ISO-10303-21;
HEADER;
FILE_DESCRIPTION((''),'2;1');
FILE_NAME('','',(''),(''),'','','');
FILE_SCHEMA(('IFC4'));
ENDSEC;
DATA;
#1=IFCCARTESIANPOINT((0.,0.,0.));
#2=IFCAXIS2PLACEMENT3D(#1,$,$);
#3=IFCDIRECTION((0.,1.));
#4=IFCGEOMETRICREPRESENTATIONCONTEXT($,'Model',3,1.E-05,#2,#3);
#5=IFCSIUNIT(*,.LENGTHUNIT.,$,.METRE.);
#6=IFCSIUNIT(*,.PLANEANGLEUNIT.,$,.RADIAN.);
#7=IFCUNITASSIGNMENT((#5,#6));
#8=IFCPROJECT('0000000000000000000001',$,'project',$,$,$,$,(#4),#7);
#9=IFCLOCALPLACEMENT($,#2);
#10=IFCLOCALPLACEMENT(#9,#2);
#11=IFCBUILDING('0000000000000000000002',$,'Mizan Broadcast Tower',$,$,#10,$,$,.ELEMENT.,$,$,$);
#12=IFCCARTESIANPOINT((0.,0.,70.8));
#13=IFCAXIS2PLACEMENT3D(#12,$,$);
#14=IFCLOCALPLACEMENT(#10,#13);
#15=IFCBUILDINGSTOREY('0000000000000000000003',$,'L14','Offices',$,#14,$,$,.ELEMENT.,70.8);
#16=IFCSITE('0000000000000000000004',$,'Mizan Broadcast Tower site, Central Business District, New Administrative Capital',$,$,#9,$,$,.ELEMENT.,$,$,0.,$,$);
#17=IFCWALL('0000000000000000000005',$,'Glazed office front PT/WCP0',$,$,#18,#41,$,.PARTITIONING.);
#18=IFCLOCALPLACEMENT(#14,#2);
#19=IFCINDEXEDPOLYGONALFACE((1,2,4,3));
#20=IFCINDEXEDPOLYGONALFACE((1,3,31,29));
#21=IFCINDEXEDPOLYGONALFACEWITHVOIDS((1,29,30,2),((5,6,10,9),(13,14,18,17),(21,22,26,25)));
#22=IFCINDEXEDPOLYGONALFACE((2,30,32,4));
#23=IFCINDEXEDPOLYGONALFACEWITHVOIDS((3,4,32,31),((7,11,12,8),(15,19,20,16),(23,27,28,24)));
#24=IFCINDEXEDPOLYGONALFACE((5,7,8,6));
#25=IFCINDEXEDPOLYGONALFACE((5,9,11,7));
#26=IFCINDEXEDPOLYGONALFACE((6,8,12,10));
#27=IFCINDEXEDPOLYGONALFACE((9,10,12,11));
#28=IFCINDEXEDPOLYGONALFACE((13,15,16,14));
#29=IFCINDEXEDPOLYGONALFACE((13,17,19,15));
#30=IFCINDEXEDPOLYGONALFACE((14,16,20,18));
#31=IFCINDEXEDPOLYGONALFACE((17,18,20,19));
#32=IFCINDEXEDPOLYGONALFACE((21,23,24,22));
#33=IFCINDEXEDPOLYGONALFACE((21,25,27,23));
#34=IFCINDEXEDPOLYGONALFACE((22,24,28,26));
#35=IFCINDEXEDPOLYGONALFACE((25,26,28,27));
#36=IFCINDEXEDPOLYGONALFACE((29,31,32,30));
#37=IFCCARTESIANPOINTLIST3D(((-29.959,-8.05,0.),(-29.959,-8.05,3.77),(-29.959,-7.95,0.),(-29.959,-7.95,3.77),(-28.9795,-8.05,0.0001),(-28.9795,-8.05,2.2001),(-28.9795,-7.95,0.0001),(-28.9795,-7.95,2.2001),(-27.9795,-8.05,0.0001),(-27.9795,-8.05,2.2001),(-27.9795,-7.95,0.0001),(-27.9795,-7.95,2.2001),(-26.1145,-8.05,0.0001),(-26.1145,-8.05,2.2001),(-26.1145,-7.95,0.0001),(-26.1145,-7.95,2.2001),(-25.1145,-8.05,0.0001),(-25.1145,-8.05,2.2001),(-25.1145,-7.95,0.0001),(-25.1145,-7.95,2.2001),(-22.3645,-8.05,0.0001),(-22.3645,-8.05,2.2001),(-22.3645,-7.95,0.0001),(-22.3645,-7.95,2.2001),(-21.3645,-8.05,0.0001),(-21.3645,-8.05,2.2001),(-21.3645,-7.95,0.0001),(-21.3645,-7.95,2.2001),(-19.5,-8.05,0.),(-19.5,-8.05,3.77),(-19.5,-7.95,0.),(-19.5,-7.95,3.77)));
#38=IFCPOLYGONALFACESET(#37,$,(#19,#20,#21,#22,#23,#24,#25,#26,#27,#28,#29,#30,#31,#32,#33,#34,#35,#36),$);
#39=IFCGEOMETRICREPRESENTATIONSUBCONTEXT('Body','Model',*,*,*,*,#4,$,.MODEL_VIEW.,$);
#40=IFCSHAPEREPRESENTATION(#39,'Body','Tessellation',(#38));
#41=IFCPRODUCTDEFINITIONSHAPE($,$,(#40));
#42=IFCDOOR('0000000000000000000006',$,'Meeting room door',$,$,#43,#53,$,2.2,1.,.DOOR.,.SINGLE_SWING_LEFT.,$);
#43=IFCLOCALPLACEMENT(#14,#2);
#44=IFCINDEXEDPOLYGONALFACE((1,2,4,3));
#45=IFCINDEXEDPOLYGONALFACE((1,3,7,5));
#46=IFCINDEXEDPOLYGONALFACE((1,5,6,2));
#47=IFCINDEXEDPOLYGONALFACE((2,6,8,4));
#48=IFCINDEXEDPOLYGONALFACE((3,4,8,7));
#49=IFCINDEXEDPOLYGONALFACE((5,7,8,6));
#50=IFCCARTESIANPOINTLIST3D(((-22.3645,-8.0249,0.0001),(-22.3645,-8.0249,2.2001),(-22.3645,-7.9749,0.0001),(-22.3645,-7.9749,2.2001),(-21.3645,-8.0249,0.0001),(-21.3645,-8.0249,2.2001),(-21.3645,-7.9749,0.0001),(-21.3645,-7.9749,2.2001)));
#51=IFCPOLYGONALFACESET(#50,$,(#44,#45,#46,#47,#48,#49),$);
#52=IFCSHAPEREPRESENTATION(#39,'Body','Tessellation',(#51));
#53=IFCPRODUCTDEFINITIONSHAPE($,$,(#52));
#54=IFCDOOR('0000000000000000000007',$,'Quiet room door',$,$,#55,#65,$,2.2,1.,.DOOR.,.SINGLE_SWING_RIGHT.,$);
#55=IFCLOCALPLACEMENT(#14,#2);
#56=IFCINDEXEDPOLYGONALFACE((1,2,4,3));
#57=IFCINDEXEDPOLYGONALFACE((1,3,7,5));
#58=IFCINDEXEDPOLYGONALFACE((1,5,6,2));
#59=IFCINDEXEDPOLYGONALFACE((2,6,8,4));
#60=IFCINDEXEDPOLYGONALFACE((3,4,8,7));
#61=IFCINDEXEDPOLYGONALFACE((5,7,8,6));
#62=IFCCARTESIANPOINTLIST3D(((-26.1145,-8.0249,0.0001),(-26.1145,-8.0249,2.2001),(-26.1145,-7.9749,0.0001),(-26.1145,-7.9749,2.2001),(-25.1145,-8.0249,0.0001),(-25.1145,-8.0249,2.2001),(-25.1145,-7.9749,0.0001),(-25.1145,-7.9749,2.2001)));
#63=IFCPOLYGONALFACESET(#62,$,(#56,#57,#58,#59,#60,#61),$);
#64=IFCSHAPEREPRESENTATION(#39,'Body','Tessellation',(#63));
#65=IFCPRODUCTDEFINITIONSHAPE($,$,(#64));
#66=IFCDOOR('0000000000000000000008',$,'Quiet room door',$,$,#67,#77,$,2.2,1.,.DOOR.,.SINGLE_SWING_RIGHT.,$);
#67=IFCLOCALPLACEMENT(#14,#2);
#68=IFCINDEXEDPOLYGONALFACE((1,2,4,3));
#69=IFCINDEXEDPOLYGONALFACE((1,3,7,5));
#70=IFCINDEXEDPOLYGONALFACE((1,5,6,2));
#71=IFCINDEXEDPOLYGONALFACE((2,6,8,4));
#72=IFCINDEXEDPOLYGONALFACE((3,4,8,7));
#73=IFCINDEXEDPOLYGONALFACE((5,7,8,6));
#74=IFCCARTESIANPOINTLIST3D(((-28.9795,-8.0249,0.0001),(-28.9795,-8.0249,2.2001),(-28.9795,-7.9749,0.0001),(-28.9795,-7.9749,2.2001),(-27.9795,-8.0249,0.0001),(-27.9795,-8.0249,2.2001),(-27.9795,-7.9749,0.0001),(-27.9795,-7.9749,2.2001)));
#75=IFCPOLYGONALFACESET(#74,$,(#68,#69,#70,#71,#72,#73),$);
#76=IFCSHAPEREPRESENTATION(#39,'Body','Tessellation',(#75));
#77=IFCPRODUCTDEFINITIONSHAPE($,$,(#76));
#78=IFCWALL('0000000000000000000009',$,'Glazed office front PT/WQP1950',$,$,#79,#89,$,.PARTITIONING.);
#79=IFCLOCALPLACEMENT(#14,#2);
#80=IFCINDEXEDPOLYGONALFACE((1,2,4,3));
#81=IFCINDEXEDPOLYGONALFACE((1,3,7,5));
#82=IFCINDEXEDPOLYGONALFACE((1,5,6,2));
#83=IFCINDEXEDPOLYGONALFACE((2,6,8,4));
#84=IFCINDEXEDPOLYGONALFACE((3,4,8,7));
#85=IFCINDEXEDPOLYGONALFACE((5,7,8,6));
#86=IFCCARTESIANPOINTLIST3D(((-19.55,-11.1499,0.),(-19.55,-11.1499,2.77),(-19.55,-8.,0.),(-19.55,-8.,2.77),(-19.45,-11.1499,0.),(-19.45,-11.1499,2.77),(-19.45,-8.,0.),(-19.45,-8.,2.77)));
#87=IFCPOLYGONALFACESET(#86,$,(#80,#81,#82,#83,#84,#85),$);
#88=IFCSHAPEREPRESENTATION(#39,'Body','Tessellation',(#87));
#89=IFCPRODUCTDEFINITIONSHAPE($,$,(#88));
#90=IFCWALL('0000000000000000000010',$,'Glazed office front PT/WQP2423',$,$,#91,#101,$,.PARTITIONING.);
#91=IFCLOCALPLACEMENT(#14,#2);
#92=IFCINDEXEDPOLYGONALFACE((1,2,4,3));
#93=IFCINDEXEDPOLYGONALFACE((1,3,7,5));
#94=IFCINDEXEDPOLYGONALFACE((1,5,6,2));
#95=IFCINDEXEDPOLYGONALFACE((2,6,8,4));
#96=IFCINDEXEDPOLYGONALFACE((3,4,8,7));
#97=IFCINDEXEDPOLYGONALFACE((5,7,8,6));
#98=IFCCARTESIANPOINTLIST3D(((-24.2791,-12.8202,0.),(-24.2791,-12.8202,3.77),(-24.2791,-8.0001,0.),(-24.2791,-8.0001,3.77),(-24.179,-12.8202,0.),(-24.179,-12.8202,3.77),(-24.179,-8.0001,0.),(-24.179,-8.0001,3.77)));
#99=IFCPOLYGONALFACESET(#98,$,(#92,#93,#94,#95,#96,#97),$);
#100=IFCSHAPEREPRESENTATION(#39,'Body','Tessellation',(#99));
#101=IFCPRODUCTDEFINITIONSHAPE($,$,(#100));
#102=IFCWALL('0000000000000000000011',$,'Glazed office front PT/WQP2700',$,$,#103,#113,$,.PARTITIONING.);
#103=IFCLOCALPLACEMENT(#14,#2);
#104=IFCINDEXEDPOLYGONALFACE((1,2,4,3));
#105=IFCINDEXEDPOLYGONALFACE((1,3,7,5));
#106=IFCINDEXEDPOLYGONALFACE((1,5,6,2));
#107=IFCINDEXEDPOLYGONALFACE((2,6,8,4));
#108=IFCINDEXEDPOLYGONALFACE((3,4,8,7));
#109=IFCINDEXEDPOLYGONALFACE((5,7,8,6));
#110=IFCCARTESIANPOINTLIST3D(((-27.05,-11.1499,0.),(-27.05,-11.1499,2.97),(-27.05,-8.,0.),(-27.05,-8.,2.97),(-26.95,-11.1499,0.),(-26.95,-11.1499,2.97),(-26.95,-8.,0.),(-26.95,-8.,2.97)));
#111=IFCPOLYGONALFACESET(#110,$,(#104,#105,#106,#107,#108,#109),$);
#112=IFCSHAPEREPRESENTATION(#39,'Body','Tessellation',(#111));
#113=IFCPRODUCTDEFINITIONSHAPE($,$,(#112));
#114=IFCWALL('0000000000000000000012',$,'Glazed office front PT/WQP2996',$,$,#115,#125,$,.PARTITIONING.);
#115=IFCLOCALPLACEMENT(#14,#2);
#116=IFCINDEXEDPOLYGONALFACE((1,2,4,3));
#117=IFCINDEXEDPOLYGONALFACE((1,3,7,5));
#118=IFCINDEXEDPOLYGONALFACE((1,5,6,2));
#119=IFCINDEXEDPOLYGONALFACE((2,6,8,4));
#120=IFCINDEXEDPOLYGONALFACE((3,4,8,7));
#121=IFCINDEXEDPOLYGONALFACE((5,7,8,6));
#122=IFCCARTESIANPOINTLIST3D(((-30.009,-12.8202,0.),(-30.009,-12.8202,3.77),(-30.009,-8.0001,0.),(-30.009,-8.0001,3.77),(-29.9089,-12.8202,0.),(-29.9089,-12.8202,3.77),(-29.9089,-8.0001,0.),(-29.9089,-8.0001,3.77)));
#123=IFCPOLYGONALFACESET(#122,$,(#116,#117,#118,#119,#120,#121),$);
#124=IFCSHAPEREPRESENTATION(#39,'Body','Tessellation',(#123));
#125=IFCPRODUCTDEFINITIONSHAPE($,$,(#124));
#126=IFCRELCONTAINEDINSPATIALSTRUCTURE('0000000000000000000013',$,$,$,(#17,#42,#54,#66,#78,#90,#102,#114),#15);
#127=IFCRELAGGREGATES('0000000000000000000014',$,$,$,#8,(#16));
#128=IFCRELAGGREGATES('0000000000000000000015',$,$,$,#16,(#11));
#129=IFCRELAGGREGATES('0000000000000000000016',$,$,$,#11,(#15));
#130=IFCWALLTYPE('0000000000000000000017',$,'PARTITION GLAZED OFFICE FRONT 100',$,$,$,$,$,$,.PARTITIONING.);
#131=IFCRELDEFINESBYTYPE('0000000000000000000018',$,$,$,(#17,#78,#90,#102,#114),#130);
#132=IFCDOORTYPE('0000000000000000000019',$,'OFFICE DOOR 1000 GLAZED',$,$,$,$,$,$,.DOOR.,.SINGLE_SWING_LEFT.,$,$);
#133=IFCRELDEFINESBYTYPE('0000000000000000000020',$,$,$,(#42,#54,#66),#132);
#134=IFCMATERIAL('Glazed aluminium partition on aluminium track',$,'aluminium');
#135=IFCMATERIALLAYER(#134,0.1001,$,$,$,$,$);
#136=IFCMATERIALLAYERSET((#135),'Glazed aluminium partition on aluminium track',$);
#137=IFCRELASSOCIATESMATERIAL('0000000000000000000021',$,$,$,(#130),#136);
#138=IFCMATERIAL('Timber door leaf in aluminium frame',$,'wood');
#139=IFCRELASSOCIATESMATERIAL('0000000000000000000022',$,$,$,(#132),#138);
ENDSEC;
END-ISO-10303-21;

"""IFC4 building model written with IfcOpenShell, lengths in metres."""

from ifc_helpers import new_model, si_unit, direction, frame, frame_2d, origin, place, context, subcontext, project, spatial, rectangle, extrude, material, layer, layer_set, type_object, element, fill, save


model = new_model("IFC4")

# Units and contexts
model_context = context("Model", 3, precision=1e-05, world=origin(), true_north=direction((0.0, 1.0)))
body_context = subcontext(model_context, "Body", "Model", "MODEL_VIEW")
ifc_project = project(units=[si_unit("LENGTHUNIT", "METRE"), si_unit("PLANEANGLEUNIT", "RADIAN")], contexts=[model_context])

# Site, building, storey
site_placement = place(None, origin())
site = spatial("IfcSite", under=ifc_project, at=site_placement, Name="Mizan Broadcast Tower site, Central Business District, New Administrative Capital", CompositionType="ELEMENT", RefElevation=0.0)
building_placement = place(site_placement, origin())
building = spatial("IfcBuilding", under=site, at=building_placement, Name="Mizan Broadcast Tower", CompositionType="ELEMENT")
storey_placement = place(building_placement, frame((0.0, 0.0, 70.8)))
storey = spatial("IfcBuildingStorey", under=building, at=storey_placement, Name="L14", Description="Offices", CompositionType="ELEMENT", Elevation=70.8)

# Wall, openings, doors
ifc_material_1 = material(Name="Glazed aluminium partition on aluminium track", Category="aluminium")
ifc_layer_1 = layer(ifc_material_1, 0.1001)
ifc_layer_set_1 = layer_set([ifc_layer_1], Name="Glazed aluminium partition on aluminium track")
wall_type = type_object("IfcWallType", Name="PARTITION GLAZED OFFICE FRONT 100", PredefinedType="PARTITIONING", material=ifc_layer_set_1)
wall_1_placement = place(storey_placement, frame((-19.5, -8.0, 0.0), z_axis=(0.0, 0.0, 1.0), x_axis=(-1.0, 0.0, 0.0)))
wall_1 = element("IfcWall", 1, at=wall_1_placement, inside=storey, type_object=wall_type, Name="Glazed office front PT/WCP0", PredefinedType="PARTITIONING", context=body_context, shape_type="SweptSolid", body=[
    extrude(rectangle(XDim=10.459, YDim=0.1001, at=frame_2d((5.2295, 0.0))), origin(), (0.0, 0.0, 1.0), 3.77),
])
opening_1_placement = place(wall_1_placement, frame((1.8645, 0.0, 0.0)))
opening_1 = element("IfcOpeningElement", 2, at=opening_1_placement, cuts=wall_1, PredefinedType="OPENING", context=body_context, shape_type="SweptSolid", body=[
    extrude(rectangle(XDim=1.0, YDim=2.2, at=frame_2d((0.5, 1.1001))), frame((0.0, 0.0601, 0.0), z_axis=(0.0, -1.0, 0.0), x_axis=(1.0, 0.0, 0.0)), (0.0, 0.0, 1.0), 0.1201),
])
opening_2_placement = place(wall_1_placement, frame((5.6145, 0.0, 0.0)))
opening_2 = element("IfcOpeningElement", 3, at=opening_2_placement, cuts=wall_1, PredefinedType="OPENING", context=body_context, shape_type="SweptSolid", body=[
    extrude(rectangle(XDim=1.0, YDim=2.2, at=frame_2d((0.5, 1.1001))), frame((0.0, 0.0601, 0.0), z_axis=(0.0, -1.0, 0.0), x_axis=(1.0, 0.0, 0.0)), (0.0, 0.0, 1.0), 0.1201),
])
opening_3_placement = place(wall_1_placement, frame((8.4795, 0.0, 0.0)))
opening_3 = element("IfcOpeningElement", 4, at=opening_3_placement, cuts=wall_1, PredefinedType="OPENING", context=body_context, shape_type="SweptSolid", body=[
    extrude(rectangle(XDim=1.0, YDim=2.2, at=frame_2d((0.5, 1.1001))), frame((0.0, 0.0601, 0.0), z_axis=(0.0, -1.0, 0.0), x_axis=(1.0, 0.0, 0.0)), (0.0, 0.0, 1.0), 0.1201),
])
ifc_material_2 = material(Name="Timber door leaf in aluminium frame", Category="wood")
door_type = type_object("IfcDoorType", Name="OFFICE DOOR 1000 GLAZED", OperationType="SINGLE_SWING_LEFT", PredefinedType="DOOR", material=ifc_material_2)
door_1_placement = place(opening_1_placement, origin())
door_1 = element("IfcDoor", 5, at=door_1_placement, inside=storey, type_object=door_type, Name="Meeting room door", OperationType="SINGLE_SWING_LEFT", OverallHeight=2.2, OverallWidth=1.0, PredefinedType="DOOR", context=body_context, shape_type="SweptSolid", body=[
    extrude(rectangle(XDim=1.0, YDim=2.2, at=frame_2d((0.5, 1.1001))), frame((0.0, 0.0249, 0.0), z_axis=(0.0, -1.0, 0.0), x_axis=(1.0, 0.0, 0.0)), (0.0, 0.0, 1.0), 0.05),
])
fill(opening_1, door_1)
door_2_placement = place(opening_2_placement, origin())
door_2 = element("IfcDoor", 6, at=door_2_placement, inside=storey, type_object=door_type, Name="Quiet room door", OperationType="SINGLE_SWING_RIGHT", OverallHeight=2.2, OverallWidth=1.0, PredefinedType="DOOR", context=body_context, shape_type="SweptSolid", body=[
    extrude(rectangle(XDim=1.0, YDim=2.2, at=frame_2d((0.5, 1.1001))), frame((0.0, 0.0249, 0.0), z_axis=(0.0, -1.0, 0.0), x_axis=(1.0, 0.0, 0.0)), (0.0, 0.0, 1.0), 0.05),
])
fill(opening_2, door_2)
door_3_placement = place(opening_3_placement, origin())
door_3 = element("IfcDoor", 7, at=door_3_placement, inside=storey, type_object=door_type, Name="Quiet room door", OperationType="SINGLE_SWING_RIGHT", OverallHeight=2.2, OverallWidth=1.0, PredefinedType="DOOR", context=body_context, shape_type="SweptSolid", body=[
    extrude(rectangle(XDim=1.0, YDim=2.2, at=frame_2d((0.5, 1.1001))), frame((0.0, 0.0249, 0.0), z_axis=(0.0, -1.0, 0.0), x_axis=(1.0, 0.0, 0.0)), (0.0, 0.0, 1.0), 0.05),
])
fill(opening_3, door_3)

# Walls
wall_2_placement = place(storey_placement, frame((-19.5, -8.0, 0.0), z_axis=(0.0, 0.0, 1.0), x_axis=(0.0, -1.0, 0.0)))
element("IfcWall", 8, at=wall_2_placement, inside=storey, type_object=wall_type, Name="Glazed office front PT/WQP1950", PredefinedType="PARTITIONING", context=body_context, shape_type="SweptSolid", body=[
    extrude(rectangle(XDim=3.1499, YDim=0.1001, at=frame_2d((1.575, 0.0))), origin(), (0.0, 0.0, 1.0), 2.77),
])
wall_3_placement = place(storey_placement, frame((-24.229, -8.0, 0.0), z_axis=(0.0, 0.0, 1.0), x_axis=(0.0, -1.0, 0.0)))
element("IfcWall", 9, at=wall_3_placement, inside=storey, type_object=wall_type, Name="Glazed office front PT/WQP2423", PredefinedType="PARTITIONING", context=body_context, shape_type="SweptSolid", body=[
    extrude(rectangle(XDim=4.8201, YDim=0.1001, at=frame_2d((2.4102, 0.0))), origin(), (0.0, 0.0, 1.0), 3.77),
])
wall_4_placement = place(storey_placement, frame((-27.0, -8.0, 0.0), z_axis=(0.0, 0.0, 1.0), x_axis=(0.0, -1.0, 0.0)))
element("IfcWall", 10, at=wall_4_placement, inside=storey, type_object=wall_type, Name="Glazed office front PT/WQP2700", PredefinedType="PARTITIONING", context=body_context, shape_type="SweptSolid", body=[
    extrude(rectangle(XDim=3.1499, YDim=0.1001, at=frame_2d((1.575, 0.0))), origin(), (0.0, 0.0, 1.0), 2.97),
])
wall_5_placement = place(storey_placement, frame((-29.959, -8.0, 0.0), z_axis=(0.0, 0.0, 1.0), x_axis=(0.0, -1.0, 0.0)))
element("IfcWall", 11, at=wall_5_placement, inside=storey, type_object=wall_type, Name="Glazed office front PT/WQP2996", PredefinedType="PARTITIONING", context=body_context, shape_type="SweptSolid", body=[
    extrude(rectangle(XDim=4.8201, YDim=0.1001, at=frame_2d((2.4102, 0.0))), origin(), (0.0, 0.0, 1.0), 3.77),
])

save(model, "model.ifc")
